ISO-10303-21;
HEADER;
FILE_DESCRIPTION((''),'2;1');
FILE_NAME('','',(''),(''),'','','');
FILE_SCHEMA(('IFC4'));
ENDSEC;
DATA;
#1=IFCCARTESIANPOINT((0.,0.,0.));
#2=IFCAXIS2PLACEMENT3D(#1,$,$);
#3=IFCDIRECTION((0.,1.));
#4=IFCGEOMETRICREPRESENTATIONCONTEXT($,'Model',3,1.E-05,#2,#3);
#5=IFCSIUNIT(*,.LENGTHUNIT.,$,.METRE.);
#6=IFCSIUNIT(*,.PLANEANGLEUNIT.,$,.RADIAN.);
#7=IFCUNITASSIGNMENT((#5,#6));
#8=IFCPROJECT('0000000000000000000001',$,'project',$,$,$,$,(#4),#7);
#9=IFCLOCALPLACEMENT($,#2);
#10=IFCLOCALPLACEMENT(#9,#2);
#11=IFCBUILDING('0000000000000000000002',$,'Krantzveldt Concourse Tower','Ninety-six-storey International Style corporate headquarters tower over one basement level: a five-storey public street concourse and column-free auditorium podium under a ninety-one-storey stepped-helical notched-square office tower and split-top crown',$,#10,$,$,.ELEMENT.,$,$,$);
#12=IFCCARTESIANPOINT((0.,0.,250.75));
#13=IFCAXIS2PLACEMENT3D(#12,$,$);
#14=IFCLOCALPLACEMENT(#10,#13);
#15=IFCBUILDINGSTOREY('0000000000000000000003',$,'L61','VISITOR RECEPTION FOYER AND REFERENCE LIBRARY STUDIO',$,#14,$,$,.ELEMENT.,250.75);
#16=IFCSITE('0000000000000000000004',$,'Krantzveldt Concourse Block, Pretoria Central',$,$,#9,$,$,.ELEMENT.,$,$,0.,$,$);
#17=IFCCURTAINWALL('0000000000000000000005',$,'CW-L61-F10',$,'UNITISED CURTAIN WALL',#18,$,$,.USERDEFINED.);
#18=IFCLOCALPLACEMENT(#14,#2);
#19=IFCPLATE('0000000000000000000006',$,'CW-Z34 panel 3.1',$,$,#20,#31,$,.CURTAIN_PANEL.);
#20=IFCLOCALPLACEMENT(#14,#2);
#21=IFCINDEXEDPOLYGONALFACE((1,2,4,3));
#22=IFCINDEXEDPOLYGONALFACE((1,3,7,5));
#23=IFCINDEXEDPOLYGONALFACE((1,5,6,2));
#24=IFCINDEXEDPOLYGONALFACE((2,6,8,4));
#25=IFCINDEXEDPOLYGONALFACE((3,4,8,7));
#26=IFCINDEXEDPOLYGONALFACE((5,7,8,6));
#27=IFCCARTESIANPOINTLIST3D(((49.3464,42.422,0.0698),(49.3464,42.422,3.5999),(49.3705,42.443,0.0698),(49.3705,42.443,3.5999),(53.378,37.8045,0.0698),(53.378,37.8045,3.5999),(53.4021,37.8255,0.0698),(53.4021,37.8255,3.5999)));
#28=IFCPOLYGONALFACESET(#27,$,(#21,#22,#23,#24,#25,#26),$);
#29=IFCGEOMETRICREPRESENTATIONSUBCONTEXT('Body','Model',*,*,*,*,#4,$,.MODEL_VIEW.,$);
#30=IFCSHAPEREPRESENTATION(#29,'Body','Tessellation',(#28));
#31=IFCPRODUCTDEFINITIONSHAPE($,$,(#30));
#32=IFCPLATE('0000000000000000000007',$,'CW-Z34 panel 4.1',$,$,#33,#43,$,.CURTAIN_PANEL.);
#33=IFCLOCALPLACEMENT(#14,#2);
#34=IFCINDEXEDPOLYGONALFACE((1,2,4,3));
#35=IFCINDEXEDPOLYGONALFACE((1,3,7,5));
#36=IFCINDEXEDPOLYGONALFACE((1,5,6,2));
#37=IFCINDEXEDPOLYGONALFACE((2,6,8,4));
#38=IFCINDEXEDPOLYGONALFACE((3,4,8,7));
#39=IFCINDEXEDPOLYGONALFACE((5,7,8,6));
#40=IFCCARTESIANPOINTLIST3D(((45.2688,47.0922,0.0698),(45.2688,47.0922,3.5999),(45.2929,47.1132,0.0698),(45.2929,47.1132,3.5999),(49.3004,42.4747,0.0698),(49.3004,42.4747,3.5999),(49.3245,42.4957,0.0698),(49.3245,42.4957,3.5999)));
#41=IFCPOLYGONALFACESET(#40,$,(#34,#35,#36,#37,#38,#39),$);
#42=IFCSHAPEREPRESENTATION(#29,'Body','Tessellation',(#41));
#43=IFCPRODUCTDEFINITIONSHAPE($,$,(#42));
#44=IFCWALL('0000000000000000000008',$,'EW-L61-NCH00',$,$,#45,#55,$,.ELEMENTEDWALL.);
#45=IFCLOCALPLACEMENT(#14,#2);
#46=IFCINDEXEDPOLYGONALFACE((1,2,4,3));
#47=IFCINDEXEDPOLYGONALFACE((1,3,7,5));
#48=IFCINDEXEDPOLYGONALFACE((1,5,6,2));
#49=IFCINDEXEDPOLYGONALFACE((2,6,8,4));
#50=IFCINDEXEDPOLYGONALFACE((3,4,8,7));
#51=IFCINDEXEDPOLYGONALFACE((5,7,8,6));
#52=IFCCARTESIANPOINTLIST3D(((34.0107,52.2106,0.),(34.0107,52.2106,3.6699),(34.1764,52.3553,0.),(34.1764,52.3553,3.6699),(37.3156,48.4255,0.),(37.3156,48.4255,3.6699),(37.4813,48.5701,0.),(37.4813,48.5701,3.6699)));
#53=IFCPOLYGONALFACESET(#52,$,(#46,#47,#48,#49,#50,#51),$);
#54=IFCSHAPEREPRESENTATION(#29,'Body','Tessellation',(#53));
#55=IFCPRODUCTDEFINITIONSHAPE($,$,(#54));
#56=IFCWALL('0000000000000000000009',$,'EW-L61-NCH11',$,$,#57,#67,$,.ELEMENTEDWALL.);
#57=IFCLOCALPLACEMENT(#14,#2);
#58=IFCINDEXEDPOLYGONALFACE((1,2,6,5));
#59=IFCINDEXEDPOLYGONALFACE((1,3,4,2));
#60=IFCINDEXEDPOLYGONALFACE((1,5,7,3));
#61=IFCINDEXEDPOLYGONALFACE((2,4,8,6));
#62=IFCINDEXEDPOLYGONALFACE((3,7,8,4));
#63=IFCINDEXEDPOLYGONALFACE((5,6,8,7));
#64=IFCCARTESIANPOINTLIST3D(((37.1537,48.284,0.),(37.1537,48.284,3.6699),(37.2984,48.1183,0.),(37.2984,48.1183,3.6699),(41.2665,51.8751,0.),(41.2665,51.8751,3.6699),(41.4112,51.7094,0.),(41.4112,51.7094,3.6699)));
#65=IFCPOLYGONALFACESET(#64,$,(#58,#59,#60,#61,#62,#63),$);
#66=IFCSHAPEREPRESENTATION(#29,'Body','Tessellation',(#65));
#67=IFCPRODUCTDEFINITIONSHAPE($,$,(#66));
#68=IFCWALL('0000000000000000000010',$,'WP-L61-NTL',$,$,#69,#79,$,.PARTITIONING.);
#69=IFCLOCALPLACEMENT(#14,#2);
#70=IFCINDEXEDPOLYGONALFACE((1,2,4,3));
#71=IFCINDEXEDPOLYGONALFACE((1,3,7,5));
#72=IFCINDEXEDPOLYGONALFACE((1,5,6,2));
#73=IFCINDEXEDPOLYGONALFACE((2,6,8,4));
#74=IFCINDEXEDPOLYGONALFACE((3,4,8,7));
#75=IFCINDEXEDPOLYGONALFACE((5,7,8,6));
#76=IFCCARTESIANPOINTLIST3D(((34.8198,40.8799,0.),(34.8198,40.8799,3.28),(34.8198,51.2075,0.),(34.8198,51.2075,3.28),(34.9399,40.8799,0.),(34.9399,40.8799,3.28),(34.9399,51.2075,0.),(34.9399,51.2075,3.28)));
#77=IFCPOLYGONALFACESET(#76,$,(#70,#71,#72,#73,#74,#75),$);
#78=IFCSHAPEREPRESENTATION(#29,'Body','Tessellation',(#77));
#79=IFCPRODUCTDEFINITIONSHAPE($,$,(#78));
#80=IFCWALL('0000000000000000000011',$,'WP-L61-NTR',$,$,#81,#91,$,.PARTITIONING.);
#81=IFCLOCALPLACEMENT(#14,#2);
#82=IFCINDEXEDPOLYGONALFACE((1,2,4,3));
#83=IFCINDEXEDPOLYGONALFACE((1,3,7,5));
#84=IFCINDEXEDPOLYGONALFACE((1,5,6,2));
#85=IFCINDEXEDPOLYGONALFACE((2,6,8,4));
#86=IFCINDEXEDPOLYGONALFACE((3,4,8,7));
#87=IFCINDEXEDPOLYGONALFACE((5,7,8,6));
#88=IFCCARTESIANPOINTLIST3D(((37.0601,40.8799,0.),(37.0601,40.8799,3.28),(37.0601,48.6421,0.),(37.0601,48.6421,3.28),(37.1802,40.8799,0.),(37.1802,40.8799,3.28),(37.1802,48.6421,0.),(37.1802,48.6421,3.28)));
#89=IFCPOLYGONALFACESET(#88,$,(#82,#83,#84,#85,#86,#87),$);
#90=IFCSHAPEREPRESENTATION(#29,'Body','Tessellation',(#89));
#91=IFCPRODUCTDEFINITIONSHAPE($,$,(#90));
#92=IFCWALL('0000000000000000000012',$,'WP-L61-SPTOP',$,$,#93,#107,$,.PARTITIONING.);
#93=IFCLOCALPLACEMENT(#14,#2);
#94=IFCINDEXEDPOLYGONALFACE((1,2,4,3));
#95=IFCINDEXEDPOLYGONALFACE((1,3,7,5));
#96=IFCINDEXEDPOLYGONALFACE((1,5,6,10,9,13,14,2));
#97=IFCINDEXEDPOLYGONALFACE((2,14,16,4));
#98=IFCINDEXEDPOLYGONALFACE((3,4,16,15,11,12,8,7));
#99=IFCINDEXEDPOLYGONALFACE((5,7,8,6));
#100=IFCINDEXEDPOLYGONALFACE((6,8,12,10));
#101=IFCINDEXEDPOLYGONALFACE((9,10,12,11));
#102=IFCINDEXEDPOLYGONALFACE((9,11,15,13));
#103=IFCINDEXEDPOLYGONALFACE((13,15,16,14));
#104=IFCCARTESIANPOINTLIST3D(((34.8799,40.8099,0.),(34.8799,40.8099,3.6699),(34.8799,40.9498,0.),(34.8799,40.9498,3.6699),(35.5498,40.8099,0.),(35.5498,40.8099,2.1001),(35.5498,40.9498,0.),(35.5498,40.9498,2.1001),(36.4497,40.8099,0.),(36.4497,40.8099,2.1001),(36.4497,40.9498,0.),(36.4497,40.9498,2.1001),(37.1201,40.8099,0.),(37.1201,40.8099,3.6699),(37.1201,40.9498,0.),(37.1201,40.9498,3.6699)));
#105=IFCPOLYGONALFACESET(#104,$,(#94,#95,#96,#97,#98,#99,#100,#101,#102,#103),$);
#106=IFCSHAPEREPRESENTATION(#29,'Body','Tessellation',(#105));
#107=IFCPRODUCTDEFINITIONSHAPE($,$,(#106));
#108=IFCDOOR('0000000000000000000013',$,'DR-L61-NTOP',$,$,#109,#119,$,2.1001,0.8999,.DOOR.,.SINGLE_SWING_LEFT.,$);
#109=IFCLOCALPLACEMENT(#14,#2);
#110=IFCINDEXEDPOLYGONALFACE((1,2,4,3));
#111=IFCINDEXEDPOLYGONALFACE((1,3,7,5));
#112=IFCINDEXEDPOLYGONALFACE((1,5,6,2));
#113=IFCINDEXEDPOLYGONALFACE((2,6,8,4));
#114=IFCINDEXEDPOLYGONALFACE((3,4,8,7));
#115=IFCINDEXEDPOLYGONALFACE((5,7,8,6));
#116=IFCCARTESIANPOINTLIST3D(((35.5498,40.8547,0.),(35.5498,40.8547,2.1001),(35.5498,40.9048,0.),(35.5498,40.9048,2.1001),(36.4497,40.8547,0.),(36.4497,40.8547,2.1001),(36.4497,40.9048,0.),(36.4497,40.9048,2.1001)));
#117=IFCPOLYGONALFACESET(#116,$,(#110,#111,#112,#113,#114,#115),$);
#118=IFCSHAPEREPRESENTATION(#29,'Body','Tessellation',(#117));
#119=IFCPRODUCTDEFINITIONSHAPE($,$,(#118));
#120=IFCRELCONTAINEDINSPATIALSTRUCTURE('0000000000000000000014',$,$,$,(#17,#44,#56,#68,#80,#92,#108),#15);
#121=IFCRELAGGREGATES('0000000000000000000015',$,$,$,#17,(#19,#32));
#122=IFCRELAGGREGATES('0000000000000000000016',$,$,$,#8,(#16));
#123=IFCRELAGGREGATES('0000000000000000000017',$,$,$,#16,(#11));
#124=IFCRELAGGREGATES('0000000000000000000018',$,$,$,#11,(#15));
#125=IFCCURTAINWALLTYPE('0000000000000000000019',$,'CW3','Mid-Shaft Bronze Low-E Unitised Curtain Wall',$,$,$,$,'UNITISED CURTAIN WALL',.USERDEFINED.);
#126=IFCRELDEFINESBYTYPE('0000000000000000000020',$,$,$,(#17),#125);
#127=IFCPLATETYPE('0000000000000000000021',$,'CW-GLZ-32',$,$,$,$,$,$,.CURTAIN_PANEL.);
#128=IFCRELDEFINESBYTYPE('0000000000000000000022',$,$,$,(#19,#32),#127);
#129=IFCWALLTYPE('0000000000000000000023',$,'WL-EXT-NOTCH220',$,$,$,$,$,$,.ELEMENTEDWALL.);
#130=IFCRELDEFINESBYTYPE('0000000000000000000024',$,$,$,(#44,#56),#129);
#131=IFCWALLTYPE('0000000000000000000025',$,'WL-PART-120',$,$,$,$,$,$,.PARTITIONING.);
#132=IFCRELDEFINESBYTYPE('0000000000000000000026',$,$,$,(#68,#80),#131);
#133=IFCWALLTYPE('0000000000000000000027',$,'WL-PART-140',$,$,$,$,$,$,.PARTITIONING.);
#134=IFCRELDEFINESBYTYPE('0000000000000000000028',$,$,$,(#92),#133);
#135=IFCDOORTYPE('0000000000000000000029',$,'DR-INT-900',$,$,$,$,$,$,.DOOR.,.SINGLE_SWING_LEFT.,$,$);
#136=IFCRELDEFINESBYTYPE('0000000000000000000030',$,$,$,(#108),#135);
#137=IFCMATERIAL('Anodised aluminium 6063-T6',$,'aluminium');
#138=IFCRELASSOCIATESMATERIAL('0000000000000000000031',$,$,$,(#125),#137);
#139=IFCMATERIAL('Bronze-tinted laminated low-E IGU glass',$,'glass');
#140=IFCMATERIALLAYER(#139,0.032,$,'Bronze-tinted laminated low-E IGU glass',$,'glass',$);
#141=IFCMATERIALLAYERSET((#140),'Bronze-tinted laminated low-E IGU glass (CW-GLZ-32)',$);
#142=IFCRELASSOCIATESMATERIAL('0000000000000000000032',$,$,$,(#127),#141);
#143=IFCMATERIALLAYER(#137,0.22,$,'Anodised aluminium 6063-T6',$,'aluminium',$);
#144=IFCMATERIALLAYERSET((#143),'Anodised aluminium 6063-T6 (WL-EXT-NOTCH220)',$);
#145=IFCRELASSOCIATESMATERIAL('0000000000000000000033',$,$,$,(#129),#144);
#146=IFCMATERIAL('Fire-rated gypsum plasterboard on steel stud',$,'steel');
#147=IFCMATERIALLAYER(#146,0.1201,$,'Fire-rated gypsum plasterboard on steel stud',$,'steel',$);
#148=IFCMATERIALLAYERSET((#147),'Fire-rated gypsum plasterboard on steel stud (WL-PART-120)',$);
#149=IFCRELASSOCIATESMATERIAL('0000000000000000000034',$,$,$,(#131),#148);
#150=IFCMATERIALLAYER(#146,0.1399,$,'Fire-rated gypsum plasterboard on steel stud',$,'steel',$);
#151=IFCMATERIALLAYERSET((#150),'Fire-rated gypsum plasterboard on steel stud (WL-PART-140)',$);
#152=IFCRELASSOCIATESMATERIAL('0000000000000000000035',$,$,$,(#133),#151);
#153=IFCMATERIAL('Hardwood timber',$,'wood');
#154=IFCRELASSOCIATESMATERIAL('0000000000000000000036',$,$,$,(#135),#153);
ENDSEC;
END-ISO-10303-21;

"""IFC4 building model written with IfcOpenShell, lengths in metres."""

from ifc_helpers import new_model, si_unit, direction, frame, frame_2d, origin, origin_2d, place, context, subcontext, project, spatial, rectangle, extrude, source, transform, mapped, material, layer, layer_set, type_object, element, fill, aggregate, save


model = new_model("IFC4")

# Units and contexts
model_context = context("Model", 3, precision=1e-05, world=origin(), true_north=direction((0.0, 1.0)))
body_context = subcontext(model_context, "Body", "Model", "MODEL_VIEW")
ifc_project = project(units=[si_unit("LENGTHUNIT", "METRE"), si_unit("PLANEANGLEUNIT", "RADIAN")], contexts=[model_context])

# Site, building, storey
site_placement = place(None, origin())
site = spatial("IfcSite", under=ifc_project, at=site_placement, Name="Krantzveldt Concourse Block, Pretoria Central", CompositionType="ELEMENT", RefElevation=0.0)
building_placement = place(site_placement, origin())
building = spatial("IfcBuilding", under=site, at=building_placement, Name="Krantzveldt Concourse Tower", Description="Ninety-six-storey International Style corporate headquarters tower over one basement level: a five-storey public street concourse and column-free auditorium podium under a ninety-one-storey stepped-helical notched-square office tower and split-top crown", CompositionType="ELEMENT")
storey_placement = place(building_placement, frame((0.0, 0.0, 250.75)))
storey = spatial("IfcBuildingStorey", under=building, at=storey_placement, Name="L61", Description="VISITOR RECEPTION FOYER AND REFERENCE LIBRARY STUDIO", CompositionType="ELEMENT", Elevation=250.75)

# Shared definitions
ifc_material_1 = material(Name="Anodised aluminium 6063-T6", Category="aluminium")
curtain_wall_type = type_object("IfcCurtainWallType", Name="CW3", Description="Mid-Shaft Bronze Low-E Unitised Curtain Wall", ElementType="UNITISED CURTAIN WALL", PredefinedType="USERDEFINED", material=ifc_material_1)

# Curtain wall
curtain_wall_1_placement = place(storey_placement, origin())
curtain_wall_1 = element("IfcCurtainWall", 1, at=curtain_wall_1_placement, inside=storey, type_object=curtain_wall_type, Name="CW-L61-F10", ObjectType="UNITISED CURTAIN WALL", PredefinedType="USERDEFINED")

# Plates
ifc_material_2 = material(Name="Bronze-tinted laminated low-E IGU glass", Category="glass")
ifc_layer_1 = layer(ifc_material_2, 0.032, Name="Bronze-tinted laminated low-E IGU glass", Category="glass")
ifc_layer_set_1 = layer_set([ifc_layer_1], Name="Bronze-tinted laminated low-E IGU glass (CW-GLZ-32)")
plate_type = type_object("IfcPlateType", Name="CW-GLZ-32", PredefinedType="CURTAIN_PANEL", material=ifc_layer_set_1)
shared_shape_1 = source(origin(), body_context, "Body", "SweptSolid", [
    extrude(rectangle(XDim=6.1299, YDim=0.032, at=origin_2d()), origin(), (0.0, 0.0, 1.0), 3.53),
])
plate_1_placement = place(storey_placement, frame((51.3743, 40.1238, 0.0698), z_axis=(0.0, 0.0, 1.0), x_axis=(-0.657704, 0.753277, 0.0)))
plate_1 = element("IfcPlate", 2, at=plate_1_placement, type_object=plate_type, Name="CW-Z34 panel 3.1", PredefinedType="CURTAIN_PANEL", context=body_context, shape_type="MappedRepresentation", body=[
    mapped(shared_shape_1, transform((0.0, 0.0, 0.0), x_axis=(1.0, 0.0, 0.0), y_axis=(0.0, 1.0, 0.0), z_axis=(0.0, 0.0, 1.0), scale=1.0)),
])
plate_2_placement = place(storey_placement, frame((47.2966, 44.7939, 0.0698), z_axis=(0.0, 0.0, 1.0), x_axis=(-0.657704, 0.753277, 0.0)))
plate_2 = element("IfcPlate", 3, at=plate_2_placement, type_object=plate_type, Name="CW-Z34 panel 4.1", PredefinedType="CURTAIN_PANEL", context=body_context, shape_type="MappedRepresentation", body=[
    mapped(shared_shape_1, transform((0.0, 0.0, 0.0), x_axis=(1.0, 0.0, 0.0), y_axis=(0.0, 1.0, 0.0), z_axis=(0.0, 0.0, 1.0), scale=1.0)),
])
aggregate(curtain_wall_1, [plate_1, plate_2])

# Walls
ifc_layer_2 = layer(ifc_material_1, 0.22, Name="Anodised aluminium 6063-T6", Category="aluminium")
ifc_layer_set_2 = layer_set([ifc_layer_2], Name="Anodised aluminium 6063-T6 (WL-EXT-NOTCH220)")
wall_type_1 = type_object("IfcWallType", Name="WL-EXT-NOTCH220", PredefinedType="ELEMENTEDWALL", material=ifc_layer_set_2)
wall_1_placement = place(storey_placement, frame((37.3984, 48.4978, 0.0), z_axis=(0.0, 0.0, 1.0), x_axis=(-0.657706, 0.753275, 0.0)))
element("IfcWall", 4, at=wall_1_placement, inside=storey, type_object=wall_type_1, Name="EW-L61-NCH00", PredefinedType="ELEMENTEDWALL", context=body_context, shape_type="SweptSolid", body=[
    extrude(rectangle(XDim=5.0249, YDim=0.22, at=frame_2d((2.5125, 0.0))), origin(), (0.0, 0.0, 1.0), 3.6699),
])
wall_2_placement = place(storey_placement, frame((41.3389, 51.7922, 0.0), z_axis=(0.0, 0.0, 1.0), x_axis=(-0.753269, -0.657713, 0.0)))
element("IfcWall", 5, at=wall_2_placement, inside=storey, type_object=wall_type_1, Name="EW-L61-NCH11", PredefinedType="ELEMENTEDWALL", context=body_context, shape_type="SweptSolid", body=[
    extrude(rectangle(XDim=5.46, YDim=0.22, at=frame_2d((2.73, 0.0))), origin(), (0.0, 0.0, 1.0), 3.6699),
])
ifc_material_3 = material(Name="Fire-rated gypsum plasterboard on steel stud", Category="steel")
ifc_layer_3 = layer(ifc_material_3, 0.1201, Name="Fire-rated gypsum plasterboard on steel stud", Category="steel")
ifc_layer_set_3 = layer_set([ifc_layer_3], Name="Fire-rated gypsum plasterboard on steel stud (WL-PART-120)")
wall_type_2 = type_object("IfcWallType", Name="WL-PART-120", PredefinedType="PARTITIONING", material=ifc_layer_set_3)
wall_3_placement = place(storey_placement, frame((34.8799, 40.8799, 0.0), z_axis=(0.0, 0.0, 1.0), x_axis=(0.0, 1.0, 0.0)))
element("IfcWall", 6, at=wall_3_placement, inside=storey, type_object=wall_type_2, Name="WP-L61-NTL", PredefinedType="PARTITIONING", context=body_context, shape_type="SweptSolid", body=[
    extrude(rectangle(XDim=10.3276, YDim=0.1201, at=frame_2d((5.1638, 0.0))), origin(), (0.0, 0.0, 1.0), 3.28),
])
wall_4_placement = place(storey_placement, frame((37.1201, 40.8799, 0.0), z_axis=(0.0, 0.0, 1.0), x_axis=(0.0, 1.0, 0.0)))
element("IfcWall", 7, at=wall_4_placement, inside=storey, type_object=wall_type_2, Name="WP-L61-NTR", PredefinedType="PARTITIONING", context=body_context, shape_type="SweptSolid", body=[
    extrude(rectangle(XDim=7.7622, YDim=0.1201, at=frame_2d((3.8811, 0.0))), origin(), (0.0, 0.0, 1.0), 3.28),
])

# Wall, opening, door
ifc_layer_4 = layer(ifc_material_3, 0.1399, Name="Fire-rated gypsum plasterboard on steel stud", Category="steel")
ifc_layer_set_4 = layer_set([ifc_layer_4], Name="Fire-rated gypsum plasterboard on steel stud (WL-PART-140)")
wall_type_3 = type_object("IfcWallType", Name="WL-PART-140", PredefinedType="PARTITIONING", material=ifc_layer_set_4)
wall_5_placement = place(storey_placement, frame((34.8799, 40.8799, 0.0), z_axis=(0.0, 0.0, 1.0), x_axis=(1.0, 0.0, 0.0)))
wall_5 = element("IfcWall", 8, at=wall_5_placement, inside=storey, type_object=wall_type_3, Name="WP-L61-SPTOP", PredefinedType="PARTITIONING", context=body_context, shape_type="SweptSolid", body=[
    extrude(rectangle(XDim=2.2402, YDim=0.1399, at=frame_2d((1.1201, 0.0))), origin(), (0.0, 0.0, 1.0), 3.6699),
])
opening_placement = place(wall_5_placement, frame((0.6699, 0.0, 0.0)))
opening = element("IfcOpeningElement", 9, at=opening_placement, cuts=wall_5, PredefinedType="OPENING", context=body_context, shape_type="SweptSolid", body=[
    extrude(rectangle(XDim=0.8999, YDim=2.1001, at=frame_2d((0.45, 1.05))), frame((0.0, 0.0801, 0.0), z_axis=(0.0, -1.0, 0.0), x_axis=(1.0, 0.0, 0.0)), (0.0, 0.0, 1.0), 0.1599),
])
ifc_material_4 = material(Name="Hardwood timber", Category="wood")
door_type = type_object("IfcDoorType", Name="DR-INT-900", OperationType="SINGLE_SWING_LEFT", PredefinedType="DOOR", material=ifc_material_4)
door_placement = place(opening_placement, origin())
door = element("IfcDoor", 10, at=door_placement, inside=storey, type_object=door_type, Name="DR-L61-NTOP", OperationType="SINGLE_SWING_LEFT", OverallHeight=2.1001, OverallWidth=0.8999, PredefinedType="DOOR", context=body_context, shape_type="SweptSolid", body=[
    extrude(rectangle(XDim=0.8999, YDim=2.1001, at=frame_2d((0.45, 1.05))), frame((0.0, 0.0249, 0.0), z_axis=(0.0, -1.0, 0.0), x_axis=(1.0, 0.0, 0.0)), (0.0, 0.0, 1.0), 0.05),
])
fill(opening, door)

save(model, "model.ifc")
